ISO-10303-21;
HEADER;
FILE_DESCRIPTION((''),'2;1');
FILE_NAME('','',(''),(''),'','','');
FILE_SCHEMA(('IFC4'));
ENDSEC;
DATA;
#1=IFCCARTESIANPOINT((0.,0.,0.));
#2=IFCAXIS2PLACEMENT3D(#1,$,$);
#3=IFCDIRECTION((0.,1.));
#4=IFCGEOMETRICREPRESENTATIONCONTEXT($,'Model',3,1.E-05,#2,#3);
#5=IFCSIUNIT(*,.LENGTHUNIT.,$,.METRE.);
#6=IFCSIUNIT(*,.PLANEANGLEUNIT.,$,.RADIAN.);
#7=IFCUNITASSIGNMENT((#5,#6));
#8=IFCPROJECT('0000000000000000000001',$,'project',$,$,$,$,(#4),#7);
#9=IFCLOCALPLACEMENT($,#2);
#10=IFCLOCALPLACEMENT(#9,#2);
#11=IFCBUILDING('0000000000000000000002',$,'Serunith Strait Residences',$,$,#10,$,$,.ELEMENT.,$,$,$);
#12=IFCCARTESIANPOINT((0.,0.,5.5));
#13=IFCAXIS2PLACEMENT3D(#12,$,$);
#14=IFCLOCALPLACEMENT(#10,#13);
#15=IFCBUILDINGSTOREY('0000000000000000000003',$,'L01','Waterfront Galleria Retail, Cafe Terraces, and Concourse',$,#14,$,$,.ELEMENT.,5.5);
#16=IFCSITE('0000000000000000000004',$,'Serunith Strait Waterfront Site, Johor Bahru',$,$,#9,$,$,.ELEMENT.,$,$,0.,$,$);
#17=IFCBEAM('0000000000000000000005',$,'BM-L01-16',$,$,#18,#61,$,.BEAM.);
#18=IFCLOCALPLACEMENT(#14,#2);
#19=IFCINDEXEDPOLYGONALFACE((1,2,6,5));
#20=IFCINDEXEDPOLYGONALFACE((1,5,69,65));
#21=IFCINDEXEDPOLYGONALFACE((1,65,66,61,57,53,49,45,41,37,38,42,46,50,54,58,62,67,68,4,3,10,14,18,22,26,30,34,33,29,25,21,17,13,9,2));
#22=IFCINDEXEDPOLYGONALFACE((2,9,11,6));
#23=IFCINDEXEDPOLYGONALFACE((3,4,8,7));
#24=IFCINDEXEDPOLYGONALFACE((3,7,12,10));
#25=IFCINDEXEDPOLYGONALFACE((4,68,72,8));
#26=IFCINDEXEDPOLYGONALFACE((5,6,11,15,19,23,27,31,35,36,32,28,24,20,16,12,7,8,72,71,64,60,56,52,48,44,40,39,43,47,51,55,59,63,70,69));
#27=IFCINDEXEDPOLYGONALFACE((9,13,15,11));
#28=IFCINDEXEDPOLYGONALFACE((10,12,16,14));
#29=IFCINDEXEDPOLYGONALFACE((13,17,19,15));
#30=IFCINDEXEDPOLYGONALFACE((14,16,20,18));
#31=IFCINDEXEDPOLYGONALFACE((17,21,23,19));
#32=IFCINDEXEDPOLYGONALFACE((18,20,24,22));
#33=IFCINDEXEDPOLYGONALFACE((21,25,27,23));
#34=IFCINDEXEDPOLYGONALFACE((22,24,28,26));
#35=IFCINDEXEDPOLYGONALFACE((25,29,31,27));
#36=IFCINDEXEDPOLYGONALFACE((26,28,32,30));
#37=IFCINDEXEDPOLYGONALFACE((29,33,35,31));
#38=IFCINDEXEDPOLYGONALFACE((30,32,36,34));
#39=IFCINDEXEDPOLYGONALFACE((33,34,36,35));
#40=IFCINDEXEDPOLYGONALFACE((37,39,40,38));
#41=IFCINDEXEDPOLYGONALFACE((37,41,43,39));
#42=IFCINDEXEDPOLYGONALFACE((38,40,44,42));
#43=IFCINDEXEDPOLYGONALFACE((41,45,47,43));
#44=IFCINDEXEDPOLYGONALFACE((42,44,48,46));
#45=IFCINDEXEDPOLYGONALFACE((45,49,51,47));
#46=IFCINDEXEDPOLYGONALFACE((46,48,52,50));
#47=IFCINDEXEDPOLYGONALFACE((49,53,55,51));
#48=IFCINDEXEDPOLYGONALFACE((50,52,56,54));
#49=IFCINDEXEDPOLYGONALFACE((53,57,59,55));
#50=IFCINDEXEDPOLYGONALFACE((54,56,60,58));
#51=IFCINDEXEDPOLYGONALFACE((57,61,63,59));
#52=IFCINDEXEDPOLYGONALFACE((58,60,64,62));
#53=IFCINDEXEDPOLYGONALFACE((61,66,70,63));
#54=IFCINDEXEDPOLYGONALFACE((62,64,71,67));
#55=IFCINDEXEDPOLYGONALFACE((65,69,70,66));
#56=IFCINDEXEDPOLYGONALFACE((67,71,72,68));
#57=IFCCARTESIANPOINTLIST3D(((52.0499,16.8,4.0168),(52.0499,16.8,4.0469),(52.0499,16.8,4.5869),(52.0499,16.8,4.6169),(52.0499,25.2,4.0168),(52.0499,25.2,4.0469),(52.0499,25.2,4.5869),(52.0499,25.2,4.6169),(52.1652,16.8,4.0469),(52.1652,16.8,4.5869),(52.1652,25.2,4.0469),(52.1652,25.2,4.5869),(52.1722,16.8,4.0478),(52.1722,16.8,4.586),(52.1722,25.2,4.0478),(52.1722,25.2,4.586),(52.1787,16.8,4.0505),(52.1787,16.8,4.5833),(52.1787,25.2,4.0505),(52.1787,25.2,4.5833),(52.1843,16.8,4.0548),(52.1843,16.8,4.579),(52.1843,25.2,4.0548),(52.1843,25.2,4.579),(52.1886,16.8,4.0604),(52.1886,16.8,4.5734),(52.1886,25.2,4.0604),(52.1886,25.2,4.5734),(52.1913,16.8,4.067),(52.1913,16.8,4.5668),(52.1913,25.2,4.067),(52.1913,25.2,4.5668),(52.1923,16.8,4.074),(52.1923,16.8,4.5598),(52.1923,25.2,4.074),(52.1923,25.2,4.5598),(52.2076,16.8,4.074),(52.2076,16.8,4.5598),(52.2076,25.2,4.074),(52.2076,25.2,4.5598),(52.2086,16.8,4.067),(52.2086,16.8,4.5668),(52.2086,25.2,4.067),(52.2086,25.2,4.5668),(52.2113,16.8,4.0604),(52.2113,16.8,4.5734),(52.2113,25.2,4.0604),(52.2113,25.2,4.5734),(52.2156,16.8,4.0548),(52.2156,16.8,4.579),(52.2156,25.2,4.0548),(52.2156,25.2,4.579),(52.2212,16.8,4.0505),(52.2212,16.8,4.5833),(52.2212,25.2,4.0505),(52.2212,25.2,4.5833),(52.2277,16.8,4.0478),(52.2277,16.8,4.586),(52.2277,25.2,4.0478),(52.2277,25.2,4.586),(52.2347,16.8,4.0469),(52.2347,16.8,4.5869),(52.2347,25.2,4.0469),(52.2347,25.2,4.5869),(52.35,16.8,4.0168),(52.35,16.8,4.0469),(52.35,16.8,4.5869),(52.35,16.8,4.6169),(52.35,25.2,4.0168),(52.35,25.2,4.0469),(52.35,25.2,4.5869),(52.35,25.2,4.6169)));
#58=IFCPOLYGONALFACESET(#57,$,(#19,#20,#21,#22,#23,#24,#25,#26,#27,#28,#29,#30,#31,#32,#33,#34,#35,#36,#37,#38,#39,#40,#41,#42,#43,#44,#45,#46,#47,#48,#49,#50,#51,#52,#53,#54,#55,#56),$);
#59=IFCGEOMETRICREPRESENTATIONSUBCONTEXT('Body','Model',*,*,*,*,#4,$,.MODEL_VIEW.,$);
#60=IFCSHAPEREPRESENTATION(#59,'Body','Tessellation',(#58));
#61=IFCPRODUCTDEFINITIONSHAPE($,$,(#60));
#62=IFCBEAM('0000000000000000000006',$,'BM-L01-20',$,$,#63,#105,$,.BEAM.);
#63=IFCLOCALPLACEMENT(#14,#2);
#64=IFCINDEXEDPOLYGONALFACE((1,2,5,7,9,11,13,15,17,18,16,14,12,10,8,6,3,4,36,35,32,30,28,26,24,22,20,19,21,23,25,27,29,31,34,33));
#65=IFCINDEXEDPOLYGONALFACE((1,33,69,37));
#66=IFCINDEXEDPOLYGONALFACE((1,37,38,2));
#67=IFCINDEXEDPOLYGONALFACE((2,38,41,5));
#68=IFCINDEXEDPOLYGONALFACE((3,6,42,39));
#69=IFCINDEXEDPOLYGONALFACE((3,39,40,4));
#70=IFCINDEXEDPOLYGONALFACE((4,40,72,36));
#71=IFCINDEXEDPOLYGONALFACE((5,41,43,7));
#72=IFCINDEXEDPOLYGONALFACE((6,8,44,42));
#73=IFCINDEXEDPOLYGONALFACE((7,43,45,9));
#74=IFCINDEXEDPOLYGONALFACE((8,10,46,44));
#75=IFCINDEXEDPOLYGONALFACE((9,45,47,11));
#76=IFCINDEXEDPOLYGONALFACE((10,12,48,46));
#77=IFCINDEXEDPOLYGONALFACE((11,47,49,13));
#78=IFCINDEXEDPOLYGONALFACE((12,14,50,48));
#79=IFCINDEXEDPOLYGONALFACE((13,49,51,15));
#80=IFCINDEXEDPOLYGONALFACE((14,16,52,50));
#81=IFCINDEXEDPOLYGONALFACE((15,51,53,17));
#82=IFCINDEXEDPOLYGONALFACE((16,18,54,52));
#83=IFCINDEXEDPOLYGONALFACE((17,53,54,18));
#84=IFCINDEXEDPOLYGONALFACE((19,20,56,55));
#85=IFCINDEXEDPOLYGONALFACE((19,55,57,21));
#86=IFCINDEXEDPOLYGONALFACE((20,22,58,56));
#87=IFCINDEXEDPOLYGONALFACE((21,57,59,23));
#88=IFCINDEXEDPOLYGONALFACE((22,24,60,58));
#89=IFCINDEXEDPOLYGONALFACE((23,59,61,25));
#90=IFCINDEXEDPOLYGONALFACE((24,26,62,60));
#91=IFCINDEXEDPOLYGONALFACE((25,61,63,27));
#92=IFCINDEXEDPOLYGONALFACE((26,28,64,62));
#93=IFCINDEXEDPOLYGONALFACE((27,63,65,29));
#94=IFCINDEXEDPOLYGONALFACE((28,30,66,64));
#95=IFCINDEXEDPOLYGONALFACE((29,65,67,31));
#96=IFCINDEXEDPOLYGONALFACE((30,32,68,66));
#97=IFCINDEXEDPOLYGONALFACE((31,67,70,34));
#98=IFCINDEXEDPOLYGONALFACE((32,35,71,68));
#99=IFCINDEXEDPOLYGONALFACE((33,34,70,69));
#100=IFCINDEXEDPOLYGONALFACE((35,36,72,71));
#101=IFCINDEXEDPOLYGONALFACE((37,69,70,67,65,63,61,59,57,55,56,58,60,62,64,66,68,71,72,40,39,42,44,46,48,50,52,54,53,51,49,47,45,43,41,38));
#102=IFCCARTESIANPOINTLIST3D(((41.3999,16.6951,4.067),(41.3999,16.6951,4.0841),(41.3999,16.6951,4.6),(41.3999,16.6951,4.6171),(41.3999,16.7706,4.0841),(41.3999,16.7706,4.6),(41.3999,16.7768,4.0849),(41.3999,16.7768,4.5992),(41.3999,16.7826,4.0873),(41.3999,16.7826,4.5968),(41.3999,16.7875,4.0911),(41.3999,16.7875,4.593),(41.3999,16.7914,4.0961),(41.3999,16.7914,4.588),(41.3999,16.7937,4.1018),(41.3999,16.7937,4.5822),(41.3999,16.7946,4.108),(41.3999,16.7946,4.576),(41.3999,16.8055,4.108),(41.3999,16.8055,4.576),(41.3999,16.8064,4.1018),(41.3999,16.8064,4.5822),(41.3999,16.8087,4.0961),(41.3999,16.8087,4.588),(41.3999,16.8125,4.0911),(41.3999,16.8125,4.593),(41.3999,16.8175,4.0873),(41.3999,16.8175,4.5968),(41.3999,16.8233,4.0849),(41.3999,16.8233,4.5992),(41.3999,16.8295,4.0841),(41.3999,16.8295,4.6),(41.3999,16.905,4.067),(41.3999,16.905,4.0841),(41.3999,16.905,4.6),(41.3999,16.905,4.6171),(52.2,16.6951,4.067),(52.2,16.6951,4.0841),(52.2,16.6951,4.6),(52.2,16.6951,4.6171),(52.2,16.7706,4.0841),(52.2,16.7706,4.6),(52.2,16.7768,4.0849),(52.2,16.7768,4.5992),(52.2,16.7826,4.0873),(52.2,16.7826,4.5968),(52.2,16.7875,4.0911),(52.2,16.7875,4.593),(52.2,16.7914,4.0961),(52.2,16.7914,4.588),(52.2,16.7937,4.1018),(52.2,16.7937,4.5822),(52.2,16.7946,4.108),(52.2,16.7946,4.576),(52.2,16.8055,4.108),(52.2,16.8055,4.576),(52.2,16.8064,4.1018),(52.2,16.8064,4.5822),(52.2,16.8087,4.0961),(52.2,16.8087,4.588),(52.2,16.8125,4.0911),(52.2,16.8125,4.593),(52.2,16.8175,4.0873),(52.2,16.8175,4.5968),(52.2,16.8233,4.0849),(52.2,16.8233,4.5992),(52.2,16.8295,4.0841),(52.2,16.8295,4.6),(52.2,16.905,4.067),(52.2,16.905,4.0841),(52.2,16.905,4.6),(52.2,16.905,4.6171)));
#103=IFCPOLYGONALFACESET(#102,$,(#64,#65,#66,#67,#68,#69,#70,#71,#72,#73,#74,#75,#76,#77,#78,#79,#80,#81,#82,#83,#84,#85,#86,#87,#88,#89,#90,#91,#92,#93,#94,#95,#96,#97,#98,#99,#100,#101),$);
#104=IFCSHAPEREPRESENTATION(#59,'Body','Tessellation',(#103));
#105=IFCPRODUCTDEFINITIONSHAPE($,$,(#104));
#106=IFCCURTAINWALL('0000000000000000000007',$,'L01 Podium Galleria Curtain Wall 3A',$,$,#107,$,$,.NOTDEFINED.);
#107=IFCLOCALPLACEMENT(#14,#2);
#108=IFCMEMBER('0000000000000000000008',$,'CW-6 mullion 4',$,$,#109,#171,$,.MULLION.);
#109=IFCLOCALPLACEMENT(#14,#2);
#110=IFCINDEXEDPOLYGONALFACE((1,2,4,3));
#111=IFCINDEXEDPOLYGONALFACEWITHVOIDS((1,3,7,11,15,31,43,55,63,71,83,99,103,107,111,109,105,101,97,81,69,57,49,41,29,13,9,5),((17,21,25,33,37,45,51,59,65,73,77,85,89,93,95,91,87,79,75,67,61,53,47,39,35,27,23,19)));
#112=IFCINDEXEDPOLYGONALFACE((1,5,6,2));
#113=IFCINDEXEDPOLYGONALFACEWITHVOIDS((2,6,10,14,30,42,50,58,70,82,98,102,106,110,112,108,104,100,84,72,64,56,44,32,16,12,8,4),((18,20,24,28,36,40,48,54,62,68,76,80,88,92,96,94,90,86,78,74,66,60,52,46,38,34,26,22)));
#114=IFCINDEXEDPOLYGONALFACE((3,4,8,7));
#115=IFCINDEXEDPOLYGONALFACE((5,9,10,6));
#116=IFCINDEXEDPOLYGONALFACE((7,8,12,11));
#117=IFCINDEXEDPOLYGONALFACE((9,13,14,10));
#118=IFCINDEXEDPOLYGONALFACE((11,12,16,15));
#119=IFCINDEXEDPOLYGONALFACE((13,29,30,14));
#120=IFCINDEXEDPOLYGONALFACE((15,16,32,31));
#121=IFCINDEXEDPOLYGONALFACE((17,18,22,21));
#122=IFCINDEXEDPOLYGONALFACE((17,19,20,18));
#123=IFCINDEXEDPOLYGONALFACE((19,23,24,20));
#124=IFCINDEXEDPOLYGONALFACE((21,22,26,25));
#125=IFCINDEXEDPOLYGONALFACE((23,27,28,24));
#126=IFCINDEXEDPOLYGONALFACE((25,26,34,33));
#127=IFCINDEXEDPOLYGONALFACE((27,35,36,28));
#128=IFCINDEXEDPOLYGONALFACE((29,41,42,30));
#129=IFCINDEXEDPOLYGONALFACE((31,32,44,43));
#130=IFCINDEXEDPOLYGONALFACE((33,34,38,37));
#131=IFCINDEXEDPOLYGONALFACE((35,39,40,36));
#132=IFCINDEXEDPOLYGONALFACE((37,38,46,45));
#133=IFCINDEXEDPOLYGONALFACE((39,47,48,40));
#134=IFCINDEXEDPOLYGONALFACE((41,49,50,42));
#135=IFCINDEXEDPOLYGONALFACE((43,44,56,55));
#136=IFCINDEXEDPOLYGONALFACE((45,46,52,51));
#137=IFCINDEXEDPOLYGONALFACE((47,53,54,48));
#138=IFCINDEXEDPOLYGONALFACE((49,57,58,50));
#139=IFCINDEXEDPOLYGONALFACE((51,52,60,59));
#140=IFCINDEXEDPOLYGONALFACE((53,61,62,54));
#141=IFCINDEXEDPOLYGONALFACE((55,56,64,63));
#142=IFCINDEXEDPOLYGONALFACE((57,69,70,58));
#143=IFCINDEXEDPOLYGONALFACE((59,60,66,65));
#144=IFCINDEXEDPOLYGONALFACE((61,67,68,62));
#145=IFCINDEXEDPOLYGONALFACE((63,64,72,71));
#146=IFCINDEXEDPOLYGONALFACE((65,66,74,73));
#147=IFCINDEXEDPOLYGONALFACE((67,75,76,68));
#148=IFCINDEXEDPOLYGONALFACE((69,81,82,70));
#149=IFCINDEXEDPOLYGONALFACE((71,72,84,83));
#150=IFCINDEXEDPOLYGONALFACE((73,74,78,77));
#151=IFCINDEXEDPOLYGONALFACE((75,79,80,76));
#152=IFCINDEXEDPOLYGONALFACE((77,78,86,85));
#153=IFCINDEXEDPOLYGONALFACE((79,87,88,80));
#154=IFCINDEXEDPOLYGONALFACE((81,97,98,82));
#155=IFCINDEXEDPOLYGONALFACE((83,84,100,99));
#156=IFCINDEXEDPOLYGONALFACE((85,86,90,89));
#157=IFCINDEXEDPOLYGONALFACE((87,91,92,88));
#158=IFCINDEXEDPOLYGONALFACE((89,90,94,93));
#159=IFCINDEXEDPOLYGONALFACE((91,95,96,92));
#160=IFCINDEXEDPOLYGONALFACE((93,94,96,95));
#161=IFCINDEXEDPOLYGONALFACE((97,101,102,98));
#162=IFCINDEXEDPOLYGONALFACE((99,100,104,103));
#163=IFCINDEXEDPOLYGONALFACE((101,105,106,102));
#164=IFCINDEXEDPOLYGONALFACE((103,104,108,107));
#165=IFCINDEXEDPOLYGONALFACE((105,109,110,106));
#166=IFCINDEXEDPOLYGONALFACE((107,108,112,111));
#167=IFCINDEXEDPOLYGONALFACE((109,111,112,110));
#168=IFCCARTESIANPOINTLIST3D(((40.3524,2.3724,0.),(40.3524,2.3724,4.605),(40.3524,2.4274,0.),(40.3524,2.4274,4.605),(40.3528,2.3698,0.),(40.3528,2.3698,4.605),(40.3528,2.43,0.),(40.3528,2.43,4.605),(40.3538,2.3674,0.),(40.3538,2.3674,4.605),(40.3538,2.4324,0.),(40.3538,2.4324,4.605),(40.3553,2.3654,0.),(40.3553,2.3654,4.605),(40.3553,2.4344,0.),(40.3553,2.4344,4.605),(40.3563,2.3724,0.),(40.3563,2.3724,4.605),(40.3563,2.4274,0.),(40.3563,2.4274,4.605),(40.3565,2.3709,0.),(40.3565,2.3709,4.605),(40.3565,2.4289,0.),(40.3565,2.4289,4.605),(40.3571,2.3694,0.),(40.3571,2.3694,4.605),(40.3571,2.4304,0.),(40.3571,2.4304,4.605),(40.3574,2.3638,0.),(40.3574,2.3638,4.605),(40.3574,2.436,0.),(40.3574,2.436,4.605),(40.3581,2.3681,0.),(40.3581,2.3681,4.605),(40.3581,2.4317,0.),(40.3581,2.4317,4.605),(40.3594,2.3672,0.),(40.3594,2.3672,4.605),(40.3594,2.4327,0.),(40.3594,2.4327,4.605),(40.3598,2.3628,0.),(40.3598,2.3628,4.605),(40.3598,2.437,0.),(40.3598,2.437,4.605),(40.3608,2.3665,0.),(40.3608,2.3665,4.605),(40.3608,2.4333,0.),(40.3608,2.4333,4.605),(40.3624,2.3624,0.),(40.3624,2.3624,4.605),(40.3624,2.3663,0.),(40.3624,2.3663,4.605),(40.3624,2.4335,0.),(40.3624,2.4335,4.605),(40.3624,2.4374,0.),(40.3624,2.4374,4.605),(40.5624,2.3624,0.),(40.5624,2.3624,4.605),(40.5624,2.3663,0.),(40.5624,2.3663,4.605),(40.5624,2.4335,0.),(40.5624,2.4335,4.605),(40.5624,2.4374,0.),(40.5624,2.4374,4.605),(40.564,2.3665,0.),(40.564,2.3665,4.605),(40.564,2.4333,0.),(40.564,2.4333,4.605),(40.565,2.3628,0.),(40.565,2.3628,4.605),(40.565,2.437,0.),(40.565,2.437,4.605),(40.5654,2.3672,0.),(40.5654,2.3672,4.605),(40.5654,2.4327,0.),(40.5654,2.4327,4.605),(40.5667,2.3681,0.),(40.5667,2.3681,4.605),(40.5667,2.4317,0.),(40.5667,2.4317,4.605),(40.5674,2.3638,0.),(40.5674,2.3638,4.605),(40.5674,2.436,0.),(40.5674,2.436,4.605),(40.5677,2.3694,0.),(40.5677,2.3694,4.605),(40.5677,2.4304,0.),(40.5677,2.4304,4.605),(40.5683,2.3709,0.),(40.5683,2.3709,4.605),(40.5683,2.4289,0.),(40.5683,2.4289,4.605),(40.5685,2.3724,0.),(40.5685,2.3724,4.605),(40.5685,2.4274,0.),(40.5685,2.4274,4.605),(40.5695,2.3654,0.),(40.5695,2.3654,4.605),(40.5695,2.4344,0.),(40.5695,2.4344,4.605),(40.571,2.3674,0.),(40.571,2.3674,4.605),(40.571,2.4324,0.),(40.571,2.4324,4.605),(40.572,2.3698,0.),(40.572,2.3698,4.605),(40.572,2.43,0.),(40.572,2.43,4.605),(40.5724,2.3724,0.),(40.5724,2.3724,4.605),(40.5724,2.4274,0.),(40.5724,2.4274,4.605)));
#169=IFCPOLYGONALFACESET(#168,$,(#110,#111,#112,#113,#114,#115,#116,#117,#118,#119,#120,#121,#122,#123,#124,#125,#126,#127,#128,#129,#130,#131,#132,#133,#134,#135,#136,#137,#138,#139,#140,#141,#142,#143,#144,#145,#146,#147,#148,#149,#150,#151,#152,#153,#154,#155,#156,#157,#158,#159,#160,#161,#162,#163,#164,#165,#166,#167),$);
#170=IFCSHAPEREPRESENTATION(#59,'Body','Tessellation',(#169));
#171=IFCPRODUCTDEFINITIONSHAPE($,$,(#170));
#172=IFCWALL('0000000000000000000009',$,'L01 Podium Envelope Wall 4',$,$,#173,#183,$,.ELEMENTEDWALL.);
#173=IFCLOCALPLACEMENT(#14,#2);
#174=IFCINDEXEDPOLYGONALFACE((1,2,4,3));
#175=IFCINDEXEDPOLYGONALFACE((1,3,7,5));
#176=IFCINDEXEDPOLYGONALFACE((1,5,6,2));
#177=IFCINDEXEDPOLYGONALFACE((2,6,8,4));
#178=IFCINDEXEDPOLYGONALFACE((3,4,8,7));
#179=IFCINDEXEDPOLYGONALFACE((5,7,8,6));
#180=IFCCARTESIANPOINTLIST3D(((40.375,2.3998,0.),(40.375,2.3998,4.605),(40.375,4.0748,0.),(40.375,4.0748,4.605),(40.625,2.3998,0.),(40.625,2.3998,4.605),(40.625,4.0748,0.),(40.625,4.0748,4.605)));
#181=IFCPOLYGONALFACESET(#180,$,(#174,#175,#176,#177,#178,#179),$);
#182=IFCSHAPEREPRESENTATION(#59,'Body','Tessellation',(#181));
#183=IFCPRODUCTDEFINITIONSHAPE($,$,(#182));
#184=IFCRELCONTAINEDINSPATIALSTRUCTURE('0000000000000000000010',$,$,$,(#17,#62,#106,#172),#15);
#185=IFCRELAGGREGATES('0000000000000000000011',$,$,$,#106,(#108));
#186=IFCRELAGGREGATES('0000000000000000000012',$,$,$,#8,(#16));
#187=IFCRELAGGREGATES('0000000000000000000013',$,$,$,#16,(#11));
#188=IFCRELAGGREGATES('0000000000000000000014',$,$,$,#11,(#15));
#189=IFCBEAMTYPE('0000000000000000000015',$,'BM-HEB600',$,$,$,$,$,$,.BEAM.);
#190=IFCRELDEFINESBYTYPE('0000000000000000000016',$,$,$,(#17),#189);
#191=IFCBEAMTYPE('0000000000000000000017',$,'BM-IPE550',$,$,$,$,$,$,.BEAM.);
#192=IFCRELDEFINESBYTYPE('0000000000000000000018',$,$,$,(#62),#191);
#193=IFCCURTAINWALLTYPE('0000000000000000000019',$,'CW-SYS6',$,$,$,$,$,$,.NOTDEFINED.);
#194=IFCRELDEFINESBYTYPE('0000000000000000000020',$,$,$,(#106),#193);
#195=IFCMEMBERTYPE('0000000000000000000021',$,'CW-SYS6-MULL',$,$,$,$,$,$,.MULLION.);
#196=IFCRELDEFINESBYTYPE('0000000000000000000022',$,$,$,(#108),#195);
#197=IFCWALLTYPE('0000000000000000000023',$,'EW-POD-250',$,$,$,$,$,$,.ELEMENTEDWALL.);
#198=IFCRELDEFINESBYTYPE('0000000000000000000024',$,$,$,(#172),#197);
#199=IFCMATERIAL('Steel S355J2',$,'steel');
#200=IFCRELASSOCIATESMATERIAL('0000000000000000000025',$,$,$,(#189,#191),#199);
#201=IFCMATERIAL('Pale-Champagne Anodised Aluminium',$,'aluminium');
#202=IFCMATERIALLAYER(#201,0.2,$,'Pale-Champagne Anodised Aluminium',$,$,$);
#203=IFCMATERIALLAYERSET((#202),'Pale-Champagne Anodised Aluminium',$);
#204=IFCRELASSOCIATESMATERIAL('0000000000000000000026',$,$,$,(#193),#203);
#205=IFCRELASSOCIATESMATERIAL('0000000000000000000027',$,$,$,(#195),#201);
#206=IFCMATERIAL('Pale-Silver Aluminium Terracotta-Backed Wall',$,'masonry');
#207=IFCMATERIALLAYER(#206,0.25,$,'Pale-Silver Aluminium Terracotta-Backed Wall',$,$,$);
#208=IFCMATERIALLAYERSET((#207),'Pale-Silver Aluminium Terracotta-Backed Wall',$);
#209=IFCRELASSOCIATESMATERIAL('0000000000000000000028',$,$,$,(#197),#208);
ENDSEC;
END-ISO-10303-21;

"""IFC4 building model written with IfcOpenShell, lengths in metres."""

from ifc_helpers import new_model, si_unit, direction, frame, frame_2d, origin, origin_2d, place, context, subcontext, project, spatial, rectangle, hollow_rectangle, i_section, extrude, source, transform, mapped, material, layer, layer_set, material_profile, profile_set, type_object, element, aggregate, save


model = new_model("IFC4")

# Units and contexts
model_context = context("Model", 3, precision=1e-05, world=origin(), true_north=direction((0.0, 1.0)))
body_context = subcontext(model_context, "Body", "Model", "MODEL_VIEW")
ifc_project = project(units=[si_unit("LENGTHUNIT", "METRE"), si_unit("PLANEANGLEUNIT", "RADIAN")], contexts=[model_context])

# Site, building, storey
site_placement = place(None, origin())
site = spatial("IfcSite", under=ifc_project, at=site_placement, Name="Serunith Strait Waterfront Site, Johor Bahru", CompositionType="ELEMENT", RefElevation=0.0)
building_placement = place(site_placement, origin())
building = spatial("IfcBuilding", under=site, at=building_placement, Name="Serunith Strait Residences", CompositionType="ELEMENT")
storey_placement = place(building_placement, frame((0.0, 0.0, 5.5)))
storey = spatial("IfcBuildingStorey", under=building, at=storey_placement, Name="L01", Description="Waterfront Galleria Retail, Cafe Terraces, and Concourse", CompositionType="ELEMENT", Elevation=5.5)

# Beams
ifc_material_1 = material(Name="Steel S355J2", Category="steel")
ifc_material_profile_1 = material_profile(ifc_material_1, i_section(OverallWidth=0.3, OverallDepth=0.6001, WebThickness=0.0154, FlangeThickness=0.03, FilletRadius=0.0271, at=origin_2d()), Name="HEB 600")
ifc_profile_set_1 = profile_set([ifc_material_profile_1], Name="Steel S355J2")
beam_type_1 = type_object("IfcBeamType", Name="BM-HEB600", PredefinedType="BEAM", material=ifc_profile_set_1)
shared_shape_1 = source(origin(), body_context, "Body", "SweptSolid", [
    extrude(i_section(OverallWidth=0.3, OverallDepth=0.6001, WebThickness=0.0154, FlangeThickness=0.03, FilletRadius=0.0271, at=origin_2d()), origin(), (0.0, 0.0, 1.0), 8.3999),
])
beam_1_placement = place(storey_placement, frame((52.2, 16.8, 4.3169), z_axis=(0.0, 1.0, 0.0), x_axis=(-1.0, 0.0, 0.0)))
element("IfcBeam", 1, at=beam_1_placement, inside=storey, type_object=beam_type_1, Name="BM-L01-16", PredefinedType="BEAM", context=body_context, shape_type="MappedRepresentation", body=[
    mapped(shared_shape_1, transform((0.0, 0.0, 0.0), scale=1.0)),
])
ifc_material_profile_2 = material_profile(ifc_material_1, i_section(OverallWidth=0.21, OverallDepth=0.55, WebThickness=0.011, FlangeThickness=0.0171, FilletRadius=0.0239, at=origin_2d()), Name="IPE 550")
ifc_profile_set_2 = profile_set([ifc_material_profile_2], Name="Steel S355J2")
beam_type_2 = type_object("IfcBeamType", Name="BM-IPE550", PredefinedType="BEAM", material=ifc_profile_set_2)
shared_shape_2 = source(origin(), body_context, "Body", "SweptSolid", [
    extrude(i_section(OverallWidth=0.21, OverallDepth=0.55, WebThickness=0.011, FlangeThickness=0.0171, FilletRadius=0.0239, at=origin_2d()), origin(), (0.0, 0.0, 1.0), 10.8),
])
beam_2_placement = place(storey_placement, frame((41.3999, 16.8, 4.342), z_axis=(1.0, 0.0, 0.0), x_axis=(0.0, 1.0, 0.0)))
element("IfcBeam", 2, at=beam_2_placement, inside=storey, type_object=beam_type_2, Name="BM-L01-20", PredefinedType="BEAM", context=body_context, shape_type="MappedRepresentation", body=[
    mapped(shared_shape_2, transform((0.0, 0.0, 0.0), scale=1.0)),
])

# Curtain wall, member
ifc_material_2 = material(Name="Pale-Champagne Anodised Aluminium", Category="aluminium")
ifc_layer_1 = layer(ifc_material_2, 0.2, Name="Pale-Champagne Anodised Aluminium")
ifc_layer_set_1 = layer_set([ifc_layer_1], Name="Pale-Champagne Anodised Aluminium")
curtain_wall_type = type_object("IfcCurtainWallType", Name="CW-SYS6", PredefinedType="NOTDEFINED", material=ifc_layer_set_1)
curtain_wall_placement = place(storey_placement, origin())
curtain_wall = element("IfcCurtainWall", 3, at=curtain_wall_placement, inside=storey, type_object=curtain_wall_type, Name="L01 Podium Galleria Curtain Wall 3A", PredefinedType="NOTDEFINED")
ifc_material_profile_3 = material_profile(ifc_material_2, hollow_rectangle(XDim=0.075, YDim=0.22, WallThickness=0.0039, InnerFilletRadius=0.0061, OuterFilletRadius=0.01, at=origin_2d()), Name="ALU 220x75x4")
ifc_profile_set_3 = profile_set([ifc_material_profile_3], Name="Pale-Champagne Anodised Aluminium")
member_type = type_object("IfcMemberType", Name="CW-SYS6-MULL", PredefinedType="MULLION", material=ifc_profile_set_3)
shared_shape_3 = source(origin(), body_context, "Body", "SweptSolid", [
    extrude(hollow_rectangle(XDim=0.075, YDim=0.22, WallThickness=0.0039, InnerFilletRadius=0.0061, OuterFilletRadius=0.01, at=origin_2d()), origin(), (0.0, 0.0, 1.0), 4.605),
])
member_placement = place(storey_placement, frame((40.4624, 2.3999, 0.0), z_axis=(0.0, 0.0, 1.0), x_axis=(0.0, 1.0, 0.0)))
member = element("IfcMember", 4, at=member_placement, type_object=member_type, Name="CW-6 mullion 4", PredefinedType="MULLION", context=body_context, shape_type="MappedRepresentation", body=[
    mapped(shared_shape_3, transform((0.0, 0.0, 0.0), scale=1.0)),
])
aggregate(curtain_wall, [member])

# Wall
ifc_material_3 = material(Name="Pale-Silver Aluminium Terracotta-Backed Wall", Category="masonry")
ifc_layer_2 = layer(ifc_material_3, 0.25, Name="Pale-Silver Aluminium Terracotta-Backed Wall")
ifc_layer_set_2 = layer_set([ifc_layer_2], Name="Pale-Silver Aluminium Terracotta-Backed Wall")
wall_type_1 = type_object("IfcWallType", Name="EW-POD-250", PredefinedType="ELEMENTEDWALL", material=ifc_layer_set_2)
wall_1_placement = place(storey_placement, frame((40.5, 2.3999, 0.0), z_axis=(0.0, 0.0, 1.0), x_axis=(0.0, 1.0, 0.0)))
element("IfcWall", 5, at=wall_1_placement, inside=storey, type_object=wall_type_1, Name="L01 Podium Envelope Wall 4", PredefinedType="ELEMENTEDWALL", context=body_context, shape_type="SweptSolid", body=[
    extrude(rectangle(XDim=1.675, YDim=0.25, at=frame_2d((0.8374, 0.0))), origin(), (0.0, 0.0, 1.0), 4.605),
])

save(model, "model.ifc")
